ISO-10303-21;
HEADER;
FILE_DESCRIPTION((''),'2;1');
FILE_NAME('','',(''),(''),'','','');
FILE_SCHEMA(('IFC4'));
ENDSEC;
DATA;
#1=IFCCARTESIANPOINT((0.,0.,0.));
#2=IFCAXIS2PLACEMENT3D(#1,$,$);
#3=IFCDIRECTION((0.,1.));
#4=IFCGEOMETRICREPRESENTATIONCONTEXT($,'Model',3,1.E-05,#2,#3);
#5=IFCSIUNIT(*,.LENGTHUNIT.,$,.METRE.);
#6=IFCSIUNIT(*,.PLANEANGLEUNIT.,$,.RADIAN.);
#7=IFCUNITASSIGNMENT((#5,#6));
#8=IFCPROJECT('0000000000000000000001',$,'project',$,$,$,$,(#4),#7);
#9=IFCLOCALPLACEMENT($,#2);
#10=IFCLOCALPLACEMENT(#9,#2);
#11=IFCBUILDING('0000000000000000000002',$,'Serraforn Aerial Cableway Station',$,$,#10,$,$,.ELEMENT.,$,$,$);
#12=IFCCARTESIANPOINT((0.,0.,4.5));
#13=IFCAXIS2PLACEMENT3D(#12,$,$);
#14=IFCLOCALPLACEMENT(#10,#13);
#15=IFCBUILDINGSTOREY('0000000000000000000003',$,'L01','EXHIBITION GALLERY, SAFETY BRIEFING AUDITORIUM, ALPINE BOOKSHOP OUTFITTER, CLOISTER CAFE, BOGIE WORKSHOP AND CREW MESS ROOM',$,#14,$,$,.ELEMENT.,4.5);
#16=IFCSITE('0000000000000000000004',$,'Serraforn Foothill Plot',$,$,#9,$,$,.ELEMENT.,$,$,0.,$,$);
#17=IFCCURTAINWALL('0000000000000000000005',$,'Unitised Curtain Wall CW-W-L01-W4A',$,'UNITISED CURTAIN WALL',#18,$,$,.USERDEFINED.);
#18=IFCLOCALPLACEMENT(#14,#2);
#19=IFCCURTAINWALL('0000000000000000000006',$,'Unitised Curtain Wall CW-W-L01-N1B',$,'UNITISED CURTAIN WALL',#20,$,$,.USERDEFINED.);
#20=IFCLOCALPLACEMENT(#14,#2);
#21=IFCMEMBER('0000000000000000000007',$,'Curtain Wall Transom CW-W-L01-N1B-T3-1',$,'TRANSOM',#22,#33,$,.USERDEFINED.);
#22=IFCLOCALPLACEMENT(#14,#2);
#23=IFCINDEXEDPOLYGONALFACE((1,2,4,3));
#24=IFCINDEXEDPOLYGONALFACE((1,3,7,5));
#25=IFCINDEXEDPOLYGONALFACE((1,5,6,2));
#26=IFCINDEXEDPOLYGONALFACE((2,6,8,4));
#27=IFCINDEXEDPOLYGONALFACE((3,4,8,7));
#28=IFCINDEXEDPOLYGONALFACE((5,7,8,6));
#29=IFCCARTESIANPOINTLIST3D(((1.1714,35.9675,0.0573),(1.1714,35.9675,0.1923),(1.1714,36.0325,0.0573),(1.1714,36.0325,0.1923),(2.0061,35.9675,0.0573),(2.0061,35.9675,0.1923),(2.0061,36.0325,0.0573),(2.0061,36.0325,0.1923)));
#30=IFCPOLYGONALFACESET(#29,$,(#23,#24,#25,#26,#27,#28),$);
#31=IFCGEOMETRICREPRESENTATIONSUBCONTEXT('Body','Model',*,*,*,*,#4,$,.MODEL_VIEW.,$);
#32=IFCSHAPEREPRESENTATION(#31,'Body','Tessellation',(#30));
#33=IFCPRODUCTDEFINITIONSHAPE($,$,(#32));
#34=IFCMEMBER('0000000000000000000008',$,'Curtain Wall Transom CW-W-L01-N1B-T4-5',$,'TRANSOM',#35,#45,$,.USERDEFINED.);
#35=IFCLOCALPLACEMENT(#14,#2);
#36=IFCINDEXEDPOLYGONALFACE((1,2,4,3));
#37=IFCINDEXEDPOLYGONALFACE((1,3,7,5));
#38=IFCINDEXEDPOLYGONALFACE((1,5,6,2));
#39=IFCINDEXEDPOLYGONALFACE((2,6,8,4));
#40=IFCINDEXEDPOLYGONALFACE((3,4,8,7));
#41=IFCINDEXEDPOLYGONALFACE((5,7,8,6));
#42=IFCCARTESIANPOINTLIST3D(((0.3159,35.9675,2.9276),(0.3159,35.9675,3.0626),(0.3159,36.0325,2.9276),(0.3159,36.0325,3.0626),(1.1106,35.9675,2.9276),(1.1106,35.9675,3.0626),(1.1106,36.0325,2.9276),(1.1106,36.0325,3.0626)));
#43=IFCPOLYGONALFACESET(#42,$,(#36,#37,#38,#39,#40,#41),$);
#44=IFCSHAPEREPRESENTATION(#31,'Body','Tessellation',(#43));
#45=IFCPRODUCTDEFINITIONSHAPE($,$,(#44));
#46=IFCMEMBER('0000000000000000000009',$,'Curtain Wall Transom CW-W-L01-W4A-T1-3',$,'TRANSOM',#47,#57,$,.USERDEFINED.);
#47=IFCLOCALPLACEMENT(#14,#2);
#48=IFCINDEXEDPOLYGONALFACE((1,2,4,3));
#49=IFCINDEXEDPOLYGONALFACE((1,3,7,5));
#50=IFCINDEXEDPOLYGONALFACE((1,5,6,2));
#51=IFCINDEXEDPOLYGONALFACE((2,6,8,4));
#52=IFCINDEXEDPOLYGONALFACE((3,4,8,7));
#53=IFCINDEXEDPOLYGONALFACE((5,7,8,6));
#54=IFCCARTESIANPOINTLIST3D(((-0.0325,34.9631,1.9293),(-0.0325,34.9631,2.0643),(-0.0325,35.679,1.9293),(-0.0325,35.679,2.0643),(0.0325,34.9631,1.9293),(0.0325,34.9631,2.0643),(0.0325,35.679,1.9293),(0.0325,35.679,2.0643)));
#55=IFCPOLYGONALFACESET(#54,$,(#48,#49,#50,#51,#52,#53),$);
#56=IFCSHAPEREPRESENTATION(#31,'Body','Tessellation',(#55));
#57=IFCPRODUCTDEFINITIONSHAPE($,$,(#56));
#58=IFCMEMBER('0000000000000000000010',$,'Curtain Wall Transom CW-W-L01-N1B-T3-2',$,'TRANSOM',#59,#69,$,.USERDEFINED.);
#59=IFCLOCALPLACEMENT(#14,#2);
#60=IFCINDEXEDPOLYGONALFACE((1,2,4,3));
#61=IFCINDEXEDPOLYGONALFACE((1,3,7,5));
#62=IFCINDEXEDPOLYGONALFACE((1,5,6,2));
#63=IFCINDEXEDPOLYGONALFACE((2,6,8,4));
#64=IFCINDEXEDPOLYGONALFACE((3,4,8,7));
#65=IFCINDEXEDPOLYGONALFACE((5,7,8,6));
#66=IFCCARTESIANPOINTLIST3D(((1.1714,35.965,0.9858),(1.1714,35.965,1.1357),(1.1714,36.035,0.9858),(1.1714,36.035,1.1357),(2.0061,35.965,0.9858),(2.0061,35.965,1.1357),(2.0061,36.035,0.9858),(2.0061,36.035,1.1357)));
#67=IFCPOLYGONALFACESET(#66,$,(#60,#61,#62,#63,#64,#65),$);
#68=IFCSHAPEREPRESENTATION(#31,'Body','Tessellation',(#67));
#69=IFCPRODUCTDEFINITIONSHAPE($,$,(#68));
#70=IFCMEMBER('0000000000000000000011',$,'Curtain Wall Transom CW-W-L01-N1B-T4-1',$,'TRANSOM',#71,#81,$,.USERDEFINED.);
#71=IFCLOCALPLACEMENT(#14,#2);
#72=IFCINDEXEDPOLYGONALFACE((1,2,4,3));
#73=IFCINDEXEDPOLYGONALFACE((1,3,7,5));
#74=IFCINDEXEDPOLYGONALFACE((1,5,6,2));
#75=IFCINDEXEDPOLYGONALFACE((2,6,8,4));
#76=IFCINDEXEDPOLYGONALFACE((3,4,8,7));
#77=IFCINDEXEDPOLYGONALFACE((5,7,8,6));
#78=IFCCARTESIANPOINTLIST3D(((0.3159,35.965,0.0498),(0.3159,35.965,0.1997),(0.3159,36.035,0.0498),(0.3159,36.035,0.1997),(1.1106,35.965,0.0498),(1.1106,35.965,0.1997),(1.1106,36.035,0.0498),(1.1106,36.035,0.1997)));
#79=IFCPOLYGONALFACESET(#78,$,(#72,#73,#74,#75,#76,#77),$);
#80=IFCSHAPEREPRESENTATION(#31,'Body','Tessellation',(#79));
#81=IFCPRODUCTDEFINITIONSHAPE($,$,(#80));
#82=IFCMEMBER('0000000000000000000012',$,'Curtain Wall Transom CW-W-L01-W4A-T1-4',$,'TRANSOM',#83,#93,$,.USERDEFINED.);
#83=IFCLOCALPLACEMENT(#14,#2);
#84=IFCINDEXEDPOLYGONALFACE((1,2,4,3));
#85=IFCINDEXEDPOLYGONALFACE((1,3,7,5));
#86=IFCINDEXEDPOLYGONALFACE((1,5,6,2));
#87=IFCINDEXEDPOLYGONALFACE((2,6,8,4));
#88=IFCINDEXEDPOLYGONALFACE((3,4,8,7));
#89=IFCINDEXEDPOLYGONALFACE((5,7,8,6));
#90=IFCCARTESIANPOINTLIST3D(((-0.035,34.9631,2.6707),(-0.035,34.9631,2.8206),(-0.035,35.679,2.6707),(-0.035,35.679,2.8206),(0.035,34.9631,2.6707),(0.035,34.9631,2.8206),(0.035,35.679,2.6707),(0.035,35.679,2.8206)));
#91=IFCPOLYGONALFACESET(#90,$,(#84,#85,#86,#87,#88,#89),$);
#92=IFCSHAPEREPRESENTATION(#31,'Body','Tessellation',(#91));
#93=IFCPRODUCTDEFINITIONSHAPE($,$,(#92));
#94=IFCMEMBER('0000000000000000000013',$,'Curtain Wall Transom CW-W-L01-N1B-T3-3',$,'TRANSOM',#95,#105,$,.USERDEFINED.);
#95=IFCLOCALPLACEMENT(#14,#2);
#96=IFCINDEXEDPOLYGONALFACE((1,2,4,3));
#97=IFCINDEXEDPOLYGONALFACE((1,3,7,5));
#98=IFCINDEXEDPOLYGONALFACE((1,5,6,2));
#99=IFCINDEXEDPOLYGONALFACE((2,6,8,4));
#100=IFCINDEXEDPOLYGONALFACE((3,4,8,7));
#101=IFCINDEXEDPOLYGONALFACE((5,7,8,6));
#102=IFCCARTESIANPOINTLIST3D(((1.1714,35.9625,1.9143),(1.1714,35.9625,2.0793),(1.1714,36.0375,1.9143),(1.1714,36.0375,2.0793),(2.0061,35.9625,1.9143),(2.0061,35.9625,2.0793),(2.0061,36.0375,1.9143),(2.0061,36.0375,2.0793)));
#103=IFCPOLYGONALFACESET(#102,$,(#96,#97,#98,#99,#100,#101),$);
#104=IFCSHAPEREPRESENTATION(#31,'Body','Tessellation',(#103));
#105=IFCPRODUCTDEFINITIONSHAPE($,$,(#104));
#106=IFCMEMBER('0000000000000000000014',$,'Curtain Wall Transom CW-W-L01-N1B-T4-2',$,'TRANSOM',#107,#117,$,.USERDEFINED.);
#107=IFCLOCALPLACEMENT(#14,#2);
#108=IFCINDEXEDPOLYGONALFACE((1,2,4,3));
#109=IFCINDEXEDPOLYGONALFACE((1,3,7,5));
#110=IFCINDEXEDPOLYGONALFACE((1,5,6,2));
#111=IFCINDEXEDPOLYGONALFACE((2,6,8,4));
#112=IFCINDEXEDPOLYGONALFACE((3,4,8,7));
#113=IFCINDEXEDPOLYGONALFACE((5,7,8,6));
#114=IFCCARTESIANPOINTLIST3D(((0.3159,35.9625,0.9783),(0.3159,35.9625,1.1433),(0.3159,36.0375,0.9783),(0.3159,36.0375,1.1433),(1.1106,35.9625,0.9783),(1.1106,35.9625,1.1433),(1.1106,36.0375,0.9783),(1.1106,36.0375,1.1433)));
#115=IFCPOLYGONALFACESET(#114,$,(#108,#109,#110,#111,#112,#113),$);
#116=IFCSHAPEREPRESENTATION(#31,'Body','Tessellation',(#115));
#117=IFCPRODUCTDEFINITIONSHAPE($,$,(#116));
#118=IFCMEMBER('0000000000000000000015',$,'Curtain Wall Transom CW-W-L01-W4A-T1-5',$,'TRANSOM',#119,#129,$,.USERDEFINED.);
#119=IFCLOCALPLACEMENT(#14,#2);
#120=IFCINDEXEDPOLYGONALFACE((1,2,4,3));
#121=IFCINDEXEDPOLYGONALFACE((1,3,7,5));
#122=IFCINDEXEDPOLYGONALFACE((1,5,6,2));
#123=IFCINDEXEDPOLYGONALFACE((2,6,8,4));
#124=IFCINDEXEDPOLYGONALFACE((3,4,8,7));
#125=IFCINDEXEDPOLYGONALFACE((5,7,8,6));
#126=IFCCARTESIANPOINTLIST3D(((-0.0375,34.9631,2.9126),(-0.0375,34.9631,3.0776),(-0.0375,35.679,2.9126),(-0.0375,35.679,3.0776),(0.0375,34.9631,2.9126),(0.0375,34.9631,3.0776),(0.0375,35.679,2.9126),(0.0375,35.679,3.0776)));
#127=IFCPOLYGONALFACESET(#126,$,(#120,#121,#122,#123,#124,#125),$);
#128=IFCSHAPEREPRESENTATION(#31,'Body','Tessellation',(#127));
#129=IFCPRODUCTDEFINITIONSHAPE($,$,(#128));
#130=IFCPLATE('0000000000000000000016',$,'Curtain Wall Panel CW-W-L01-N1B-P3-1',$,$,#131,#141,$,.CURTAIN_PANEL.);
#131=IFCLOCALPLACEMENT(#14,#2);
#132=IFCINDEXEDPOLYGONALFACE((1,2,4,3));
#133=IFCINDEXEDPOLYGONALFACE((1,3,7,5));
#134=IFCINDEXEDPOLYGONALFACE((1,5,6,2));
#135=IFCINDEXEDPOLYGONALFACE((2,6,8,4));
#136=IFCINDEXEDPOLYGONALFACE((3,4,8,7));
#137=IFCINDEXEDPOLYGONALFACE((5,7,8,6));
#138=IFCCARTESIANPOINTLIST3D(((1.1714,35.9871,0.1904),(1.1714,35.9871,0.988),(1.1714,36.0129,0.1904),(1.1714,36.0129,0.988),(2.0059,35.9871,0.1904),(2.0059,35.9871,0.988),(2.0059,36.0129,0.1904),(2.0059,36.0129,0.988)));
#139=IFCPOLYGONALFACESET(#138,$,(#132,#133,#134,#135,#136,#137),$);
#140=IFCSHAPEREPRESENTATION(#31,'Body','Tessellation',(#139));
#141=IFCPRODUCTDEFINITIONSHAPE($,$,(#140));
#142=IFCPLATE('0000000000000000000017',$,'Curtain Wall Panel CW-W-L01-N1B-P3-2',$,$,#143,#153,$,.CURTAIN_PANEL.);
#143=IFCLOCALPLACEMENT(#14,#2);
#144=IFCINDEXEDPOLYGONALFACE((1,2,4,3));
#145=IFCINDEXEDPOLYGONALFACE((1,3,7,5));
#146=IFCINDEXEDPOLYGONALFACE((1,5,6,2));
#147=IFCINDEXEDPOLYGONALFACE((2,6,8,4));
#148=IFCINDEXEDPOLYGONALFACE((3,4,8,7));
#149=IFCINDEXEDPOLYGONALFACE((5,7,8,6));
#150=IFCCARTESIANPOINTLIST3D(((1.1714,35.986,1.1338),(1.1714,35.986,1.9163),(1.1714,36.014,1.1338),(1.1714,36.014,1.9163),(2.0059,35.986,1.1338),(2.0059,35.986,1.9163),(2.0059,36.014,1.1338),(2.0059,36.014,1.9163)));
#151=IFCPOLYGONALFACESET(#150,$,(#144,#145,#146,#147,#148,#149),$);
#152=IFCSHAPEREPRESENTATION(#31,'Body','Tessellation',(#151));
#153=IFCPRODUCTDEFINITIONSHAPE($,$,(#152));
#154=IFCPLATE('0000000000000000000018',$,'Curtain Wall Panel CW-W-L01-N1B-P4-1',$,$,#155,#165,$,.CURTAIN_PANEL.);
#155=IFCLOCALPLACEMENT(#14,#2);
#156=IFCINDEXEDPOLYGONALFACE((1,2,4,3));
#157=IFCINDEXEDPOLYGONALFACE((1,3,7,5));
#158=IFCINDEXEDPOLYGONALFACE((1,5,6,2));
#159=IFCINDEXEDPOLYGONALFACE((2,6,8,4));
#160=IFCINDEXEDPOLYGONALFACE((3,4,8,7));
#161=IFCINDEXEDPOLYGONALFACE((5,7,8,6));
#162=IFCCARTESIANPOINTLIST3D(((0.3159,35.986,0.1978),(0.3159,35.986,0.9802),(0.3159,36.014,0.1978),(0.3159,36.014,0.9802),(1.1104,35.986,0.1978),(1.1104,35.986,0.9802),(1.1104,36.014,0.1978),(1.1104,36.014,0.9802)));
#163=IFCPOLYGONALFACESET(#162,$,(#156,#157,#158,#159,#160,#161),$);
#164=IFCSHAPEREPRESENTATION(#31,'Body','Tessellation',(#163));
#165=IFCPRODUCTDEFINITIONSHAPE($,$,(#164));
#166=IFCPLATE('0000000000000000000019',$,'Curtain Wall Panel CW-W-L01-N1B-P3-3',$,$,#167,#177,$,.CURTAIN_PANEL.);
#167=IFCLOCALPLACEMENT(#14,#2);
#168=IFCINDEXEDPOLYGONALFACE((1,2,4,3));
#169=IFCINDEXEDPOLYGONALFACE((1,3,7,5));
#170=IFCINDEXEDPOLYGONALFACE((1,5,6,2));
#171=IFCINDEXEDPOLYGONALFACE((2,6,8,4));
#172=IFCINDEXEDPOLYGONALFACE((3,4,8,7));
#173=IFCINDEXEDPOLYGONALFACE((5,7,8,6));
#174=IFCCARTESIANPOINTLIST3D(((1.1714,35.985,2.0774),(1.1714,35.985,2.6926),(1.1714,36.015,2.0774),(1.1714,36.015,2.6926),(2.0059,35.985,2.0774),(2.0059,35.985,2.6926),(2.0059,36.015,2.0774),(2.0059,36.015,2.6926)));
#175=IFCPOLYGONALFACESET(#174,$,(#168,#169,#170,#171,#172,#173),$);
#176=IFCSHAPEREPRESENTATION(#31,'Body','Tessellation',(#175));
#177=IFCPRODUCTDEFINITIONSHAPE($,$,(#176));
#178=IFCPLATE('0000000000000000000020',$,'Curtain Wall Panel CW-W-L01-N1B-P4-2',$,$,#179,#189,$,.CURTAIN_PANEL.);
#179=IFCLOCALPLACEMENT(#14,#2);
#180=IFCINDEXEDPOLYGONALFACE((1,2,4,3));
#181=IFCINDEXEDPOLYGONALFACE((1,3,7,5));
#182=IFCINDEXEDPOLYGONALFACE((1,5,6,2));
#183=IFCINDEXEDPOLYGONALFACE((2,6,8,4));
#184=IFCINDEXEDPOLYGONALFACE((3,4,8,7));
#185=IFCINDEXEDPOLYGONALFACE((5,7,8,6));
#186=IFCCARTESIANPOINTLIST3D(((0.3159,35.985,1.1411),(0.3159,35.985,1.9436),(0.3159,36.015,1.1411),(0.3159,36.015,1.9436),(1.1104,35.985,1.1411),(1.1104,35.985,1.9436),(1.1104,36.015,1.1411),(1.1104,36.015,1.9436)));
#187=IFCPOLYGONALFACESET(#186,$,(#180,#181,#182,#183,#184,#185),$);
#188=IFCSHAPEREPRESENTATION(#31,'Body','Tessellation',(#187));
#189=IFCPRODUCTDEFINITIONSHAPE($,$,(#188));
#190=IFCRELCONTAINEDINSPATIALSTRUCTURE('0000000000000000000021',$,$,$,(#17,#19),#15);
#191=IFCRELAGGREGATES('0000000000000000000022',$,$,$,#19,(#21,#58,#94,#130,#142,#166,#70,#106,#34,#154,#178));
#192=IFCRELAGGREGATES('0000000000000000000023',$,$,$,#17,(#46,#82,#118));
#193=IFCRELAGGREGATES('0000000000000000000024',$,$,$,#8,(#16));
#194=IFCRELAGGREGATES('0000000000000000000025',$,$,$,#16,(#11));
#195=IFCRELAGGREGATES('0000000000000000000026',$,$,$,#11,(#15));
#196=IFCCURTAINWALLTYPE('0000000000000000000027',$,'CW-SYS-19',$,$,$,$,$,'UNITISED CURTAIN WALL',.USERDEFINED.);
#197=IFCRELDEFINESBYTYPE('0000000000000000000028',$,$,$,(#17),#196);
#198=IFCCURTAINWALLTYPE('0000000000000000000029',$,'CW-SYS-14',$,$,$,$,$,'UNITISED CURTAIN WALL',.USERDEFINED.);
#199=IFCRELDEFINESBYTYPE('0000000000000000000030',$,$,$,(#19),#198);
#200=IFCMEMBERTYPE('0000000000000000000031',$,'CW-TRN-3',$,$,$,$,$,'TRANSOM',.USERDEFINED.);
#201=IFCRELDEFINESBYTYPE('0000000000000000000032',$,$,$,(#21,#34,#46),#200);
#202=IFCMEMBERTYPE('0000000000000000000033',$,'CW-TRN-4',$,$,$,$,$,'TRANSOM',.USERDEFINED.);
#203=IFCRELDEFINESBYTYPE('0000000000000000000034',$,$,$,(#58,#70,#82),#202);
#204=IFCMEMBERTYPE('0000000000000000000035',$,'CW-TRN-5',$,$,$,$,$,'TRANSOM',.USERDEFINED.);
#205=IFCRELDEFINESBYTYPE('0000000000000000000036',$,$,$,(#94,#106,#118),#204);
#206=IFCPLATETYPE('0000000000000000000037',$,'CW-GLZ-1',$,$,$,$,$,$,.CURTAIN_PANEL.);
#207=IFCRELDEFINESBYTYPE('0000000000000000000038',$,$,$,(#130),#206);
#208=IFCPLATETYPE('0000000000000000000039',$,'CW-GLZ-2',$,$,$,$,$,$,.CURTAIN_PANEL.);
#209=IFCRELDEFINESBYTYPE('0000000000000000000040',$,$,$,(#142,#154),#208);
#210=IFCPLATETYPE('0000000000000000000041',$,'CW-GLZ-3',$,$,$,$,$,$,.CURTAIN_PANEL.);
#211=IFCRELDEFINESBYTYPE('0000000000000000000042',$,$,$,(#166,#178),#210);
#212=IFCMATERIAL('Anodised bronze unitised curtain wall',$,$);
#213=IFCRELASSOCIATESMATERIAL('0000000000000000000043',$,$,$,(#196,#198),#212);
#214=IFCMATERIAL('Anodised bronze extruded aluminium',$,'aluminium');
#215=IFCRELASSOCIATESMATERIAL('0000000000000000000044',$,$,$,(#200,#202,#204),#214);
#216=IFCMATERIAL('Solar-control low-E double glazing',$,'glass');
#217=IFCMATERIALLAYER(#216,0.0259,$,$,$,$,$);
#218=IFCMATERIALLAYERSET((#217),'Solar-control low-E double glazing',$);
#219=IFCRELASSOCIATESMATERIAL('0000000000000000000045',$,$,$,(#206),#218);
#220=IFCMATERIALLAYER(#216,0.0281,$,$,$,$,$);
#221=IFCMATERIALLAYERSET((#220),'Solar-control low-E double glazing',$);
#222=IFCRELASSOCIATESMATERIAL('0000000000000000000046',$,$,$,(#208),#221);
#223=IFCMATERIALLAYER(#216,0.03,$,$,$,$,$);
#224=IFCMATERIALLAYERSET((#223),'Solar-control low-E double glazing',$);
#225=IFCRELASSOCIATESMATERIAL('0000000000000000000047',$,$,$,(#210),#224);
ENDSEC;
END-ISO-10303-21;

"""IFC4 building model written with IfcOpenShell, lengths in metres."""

from ifc_helpers import new_model, si_unit, direction, frame, origin, origin_2d, place, context, subcontext, project, spatial, rectangle, extrude, material, layer, layer_set, material_profile, profile_set, type_object, element, aggregate, save


model = new_model("IFC4")

# Units and contexts
model_context = context("Model", 3, precision=1e-05, world=origin(), true_north=direction((0.0, 1.0)))
body_context = subcontext(model_context, "Body", "Model", "MODEL_VIEW")
ifc_project = project(units=[si_unit("LENGTHUNIT", "METRE"), si_unit("PLANEANGLEUNIT", "RADIAN")], contexts=[model_context])

# Site, building, storey
site_placement = place(None, origin())
site = spatial("IfcSite", under=ifc_project, at=site_placement, Name="Serraforn Foothill Plot", CompositionType="ELEMENT", RefElevation=0.0)
building_placement = place(site_placement, origin())
building = spatial("IfcBuilding", under=site, at=building_placement, Name="Serraforn Aerial Cableway Station", CompositionType="ELEMENT")
storey_placement = place(building_placement, frame((0.0, 0.0, 4.5)))
storey = spatial("IfcBuildingStorey", under=building, at=storey_placement, Name="L01", Description="EXHIBITION GALLERY, SAFETY BRIEFING AUDITORIUM, ALPINE BOOKSHOP OUTFITTER, CLOISTER CAFE, BOGIE WORKSHOP AND CREW MESS ROOM", CompositionType="ELEMENT", Elevation=4.5)

# Curtain wall
ifc_material_1 = material(Name="Anodised bronze unitised curtain wall")
curtain_wall_type_1 = type_object("IfcCurtainWallType", Name="CW-SYS-19", ElementType="UNITISED CURTAIN WALL", PredefinedType="USERDEFINED", material=ifc_material_1)
curtain_wall_1_placement = place(storey_placement, origin())
curtain_wall_1 = element("IfcCurtainWall", 1, at=curtain_wall_1_placement, inside=storey, type_object=curtain_wall_type_1, Name="Unitised Curtain Wall CW-W-L01-W4A", ObjectType="UNITISED CURTAIN WALL", PredefinedType="USERDEFINED")
ifc_material_2 = material(Name="Anodised bronze extruded aluminium", Category="aluminium")

# Curtain wall
curtain_wall_type_2 = type_object("IfcCurtainWallType", Name="CW-SYS-14", ElementType="UNITISED CURTAIN WALL", PredefinedType="USERDEFINED", material=ifc_material_1)
curtain_wall_2_placement = place(storey_placement, origin())
curtain_wall_2 = element("IfcCurtainWall", 2, at=curtain_wall_2_placement, inside=storey, type_object=curtain_wall_type_2, Name="Unitised Curtain Wall CW-W-L01-N1B", ObjectType="UNITISED CURTAIN WALL", PredefinedType="USERDEFINED")

# Members
ifc_material_profile_1 = material_profile(ifc_material_2, rectangle(XDim=0.0649, YDim=0.135, at=origin_2d()), Name="CW TRANSOM 65x135")
ifc_profile_set_1 = profile_set([ifc_material_profile_1], Name="Anodised bronze extruded aluminium")
member_type_1 = type_object("IfcMemberType", Name="CW-TRN-3", ElementType="TRANSOM", PredefinedType="USERDEFINED", material=ifc_profile_set_1)
member_1_placement = place(storey_placement, frame((2.0061, 36.0, 0.1248), z_axis=(-1.0, 0.0, 0.0), x_axis=(0.0, -1.0, 0.0)))
member_1 = element("IfcMember", 3, at=member_1_placement, type_object=member_type_1, Name="Curtain Wall Transom CW-W-L01-N1B-T3-1", ObjectType="TRANSOM", PredefinedType="USERDEFINED", context=body_context, shape_type="SweptSolid", body=[
    extrude(rectangle(XDim=0.0649, YDim=0.135, at=origin_2d()), origin(), (0.0, 0.0, 1.0), 0.8347),
])
member_2_placement = place(storey_placement, frame((1.1106, 36.0, 2.9951), z_axis=(-1.0, 0.0, 0.0), x_axis=(0.0, -1.0, 0.0)))
member_2 = element("IfcMember", 4, at=member_2_placement, type_object=member_type_1, Name="Curtain Wall Transom CW-W-L01-N1B-T4-5", ObjectType="TRANSOM", PredefinedType="USERDEFINED", context=body_context, shape_type="SweptSolid", body=[
    extrude(rectangle(XDim=0.0649, YDim=0.135, at=origin_2d()), origin(), (0.0, 0.0, 1.0), 0.7947),
])
member_3_placement = place(storey_placement, frame((0.0, 35.679, 1.9968), z_axis=(0.0, -1.0, 0.0), x_axis=(1.0, 0.0, 0.0)))
member_3 = element("IfcMember", 5, at=member_3_placement, type_object=member_type_1, Name="Curtain Wall Transom CW-W-L01-W4A-T1-3", ObjectType="TRANSOM", PredefinedType="USERDEFINED", context=body_context, shape_type="SweptSolid", body=[
    extrude(rectangle(XDim=0.0649, YDim=0.135, at=origin_2d()), origin(), (0.0, 0.0, 1.0), 0.7158),
])
ifc_material_profile_2 = material_profile(ifc_material_2, rectangle(XDim=0.0701, YDim=0.1499, at=origin_2d()), Name="CW TRANSOM 70x150")
ifc_profile_set_2 = profile_set([ifc_material_profile_2], Name="Anodised bronze extruded aluminium")
member_type_2 = type_object("IfcMemberType", Name="CW-TRN-4", ElementType="TRANSOM", PredefinedType="USERDEFINED", material=ifc_profile_set_2)
member_4_placement = place(storey_placement, frame((2.0061, 36.0, 1.0608), z_axis=(-1.0, 0.0, 0.0), x_axis=(0.0, -1.0, 0.0)))
member_4 = element("IfcMember", 6, at=member_4_placement, type_object=member_type_2, Name="Curtain Wall Transom CW-W-L01-N1B-T3-2", ObjectType="TRANSOM", PredefinedType="USERDEFINED", context=body_context, shape_type="SweptSolid", body=[
    extrude(rectangle(XDim=0.0701, YDim=0.1499, at=origin_2d()), origin(), (0.0, 0.0, 1.0), 0.8347),
])
member_5_placement = place(storey_placement, frame((1.1106, 36.0, 0.1248), z_axis=(-1.0, 0.0, 0.0), x_axis=(0.0, -1.0, 0.0)))
member_5 = element("IfcMember", 7, at=member_5_placement, type_object=member_type_2, Name="Curtain Wall Transom CW-W-L01-N1B-T4-1", ObjectType="TRANSOM", PredefinedType="USERDEFINED", context=body_context, shape_type="SweptSolid", body=[
    extrude(rectangle(XDim=0.0701, YDim=0.1499, at=origin_2d()), origin(), (0.0, 0.0, 1.0), 0.7947),
])
member_6_placement = place(storey_placement, frame((0.0, 35.679, 2.7456), z_axis=(0.0, -1.0, 0.0), x_axis=(1.0, 0.0, 0.0)))
member_6 = element("IfcMember", 8, at=member_6_placement, type_object=member_type_2, Name="Curtain Wall Transom CW-W-L01-W4A-T1-4", ObjectType="TRANSOM", PredefinedType="USERDEFINED", context=body_context, shape_type="SweptSolid", body=[
    extrude(rectangle(XDim=0.0701, YDim=0.1499, at=origin_2d()), origin(), (0.0, 0.0, 1.0), 0.7158),
])
ifc_material_profile_3 = material_profile(ifc_material_2, rectangle(XDim=0.075, YDim=0.165, at=origin_2d()), Name="CW TRANSOM 75x165")
ifc_profile_set_3 = profile_set([ifc_material_profile_3], Name="Anodised bronze extruded aluminium")
member_type_3 = type_object("IfcMemberType", Name="CW-TRN-5", ElementType="TRANSOM", PredefinedType="USERDEFINED", material=ifc_profile_set_3)
member_7_placement = place(storey_placement, frame((2.0061, 36.0, 1.9968), z_axis=(-1.0, 0.0, 0.0), x_axis=(0.0, -1.0, 0.0)))
member_7 = element("IfcMember", 9, at=member_7_placement, type_object=member_type_3, Name="Curtain Wall Transom CW-W-L01-N1B-T3-3", ObjectType="TRANSOM", PredefinedType="USERDEFINED", context=body_context, shape_type="SweptSolid", body=[
    extrude(rectangle(XDim=0.075, YDim=0.165, at=origin_2d()), origin(), (0.0, 0.0, 1.0), 0.8347),
])
member_8_placement = place(storey_placement, frame((1.1106, 36.0, 1.0608), z_axis=(-1.0, 0.0, 0.0), x_axis=(0.0, -1.0, 0.0)))
member_8 = element("IfcMember", 10, at=member_8_placement, type_object=member_type_3, Name="Curtain Wall Transom CW-W-L01-N1B-T4-2", ObjectType="TRANSOM", PredefinedType="USERDEFINED", context=body_context, shape_type="SweptSolid", body=[
    extrude(rectangle(XDim=0.075, YDim=0.165, at=origin_2d()), origin(), (0.0, 0.0, 1.0), 0.7947),
])
member_9_placement = place(storey_placement, frame((0.0, 35.679, 2.9951), z_axis=(0.0, -1.0, 0.0), x_axis=(1.0, 0.0, 0.0)))
member_9 = element("IfcMember", 11, at=member_9_placement, type_object=member_type_3, Name="Curtain Wall Transom CW-W-L01-W4A-T1-5", ObjectType="TRANSOM", PredefinedType="USERDEFINED", context=body_context, shape_type="SweptSolid", body=[
    extrude(rectangle(XDim=0.075, YDim=0.165, at=origin_2d()), origin(), (0.0, 0.0, 1.0), 0.7158),
])

# Plates
ifc_material_3 = material(Name="Solar-control low-E double glazing", Category="glass")
ifc_layer_1 = layer(ifc_material_3, 0.0259)
ifc_layer_set_1 = layer_set([ifc_layer_1], Name="Solar-control low-E double glazing")
plate_type_1 = type_object("IfcPlateType", Name="CW-GLZ-1", PredefinedType="CURTAIN_PANEL", material=ifc_layer_set_1)
plate_1_placement = place(storey_placement, frame((1.5886, 36.0, 0.1904), z_axis=(0.0, 0.0, 1.0), x_axis=(1.0, 0.0, 0.0)))
plate_1 = element("IfcPlate", 12, at=plate_1_placement, type_object=plate_type_1, Name="Curtain Wall Panel CW-W-L01-N1B-P3-1", PredefinedType="CURTAIN_PANEL", context=body_context, shape_type="SweptSolid", body=[
    extrude(rectangle(XDim=0.8345, YDim=0.0259, at=origin_2d()), origin(), (0.0, 0.0, 1.0), 0.7976),
])
ifc_layer_2 = layer(ifc_material_3, 0.0281)
ifc_layer_set_2 = layer_set([ifc_layer_2], Name="Solar-control low-E double glazing")
plate_type_2 = type_object("IfcPlateType", Name="CW-GLZ-2", PredefinedType="CURTAIN_PANEL", material=ifc_layer_set_2)
plate_2_placement = place(storey_placement, frame((1.5886, 36.0, 1.1338), z_axis=(0.0, 0.0, 1.0), x_axis=(1.0, 0.0, 0.0)))
plate_2 = element("IfcPlate", 13, at=plate_2_placement, type_object=plate_type_2, Name="Curtain Wall Panel CW-W-L01-N1B-P3-2", PredefinedType="CURTAIN_PANEL", context=body_context, shape_type="SweptSolid", body=[
    extrude(rectangle(XDim=0.8345, YDim=0.0281, at=origin_2d()), origin(), (0.0, 0.0, 1.0), 0.7825),
])
plate_3_placement = place(storey_placement, frame((0.7131, 36.0, 0.1978), z_axis=(0.0, 0.0, 1.0), x_axis=(1.0, 0.0, 0.0)))
plate_3 = element("IfcPlate", 14, at=plate_3_placement, type_object=plate_type_2, Name="Curtain Wall Panel CW-W-L01-N1B-P4-1", PredefinedType="CURTAIN_PANEL", context=body_context, shape_type="SweptSolid", body=[
    extrude(rectangle(XDim=0.7944, YDim=0.0281, at=origin_2d()), origin(), (0.0, 0.0, 1.0), 0.7825),
])
ifc_layer_3 = layer(ifc_material_3, 0.03)
ifc_layer_set_3 = layer_set([ifc_layer_3], Name="Solar-control low-E double glazing")
plate_type_3 = type_object("IfcPlateType", Name="CW-GLZ-3", PredefinedType="CURTAIN_PANEL", material=ifc_layer_set_3)
plate_4_placement = place(storey_placement, frame((1.5886, 36.0, 2.0774), z_axis=(0.0, 0.0, 1.0), x_axis=(1.0, 0.0, 0.0)))
plate_4 = element("IfcPlate", 15, at=plate_4_placement, type_object=plate_type_3, Name="Curtain Wall Panel CW-W-L01-N1B-P3-3", PredefinedType="CURTAIN_PANEL", context=body_context, shape_type="SweptSolid", body=[
    extrude(rectangle(XDim=0.8345, YDim=0.03, at=origin_2d()), origin(), (0.0, 0.0, 1.0), 0.6152),
])
plate_5_placement = place(storey_placement, frame((0.7131, 36.0, 1.1411), z_axis=(0.0, 0.0, 1.0), x_axis=(1.0, 0.0, 0.0)))
plate_5 = element("IfcPlate", 16, at=plate_5_placement, type_object=plate_type_3, Name="Curtain Wall Panel CW-W-L01-N1B-P4-2", PredefinedType="CURTAIN_PANEL", context=body_context, shape_type="SweptSolid", body=[
    extrude(rectangle(XDim=0.7944, YDim=0.03, at=origin_2d()), origin(), (0.0, 0.0, 1.0), 0.8025),
])
aggregate(curtain_wall_2, [member_1, member_4, member_7, plate_1, plate_2, plate_4, member_5, member_8, member_2, plate_3, plate_5])
aggregate(curtain_wall_1, [member_3, member_6, member_9])

save(model, "model.ifc")
